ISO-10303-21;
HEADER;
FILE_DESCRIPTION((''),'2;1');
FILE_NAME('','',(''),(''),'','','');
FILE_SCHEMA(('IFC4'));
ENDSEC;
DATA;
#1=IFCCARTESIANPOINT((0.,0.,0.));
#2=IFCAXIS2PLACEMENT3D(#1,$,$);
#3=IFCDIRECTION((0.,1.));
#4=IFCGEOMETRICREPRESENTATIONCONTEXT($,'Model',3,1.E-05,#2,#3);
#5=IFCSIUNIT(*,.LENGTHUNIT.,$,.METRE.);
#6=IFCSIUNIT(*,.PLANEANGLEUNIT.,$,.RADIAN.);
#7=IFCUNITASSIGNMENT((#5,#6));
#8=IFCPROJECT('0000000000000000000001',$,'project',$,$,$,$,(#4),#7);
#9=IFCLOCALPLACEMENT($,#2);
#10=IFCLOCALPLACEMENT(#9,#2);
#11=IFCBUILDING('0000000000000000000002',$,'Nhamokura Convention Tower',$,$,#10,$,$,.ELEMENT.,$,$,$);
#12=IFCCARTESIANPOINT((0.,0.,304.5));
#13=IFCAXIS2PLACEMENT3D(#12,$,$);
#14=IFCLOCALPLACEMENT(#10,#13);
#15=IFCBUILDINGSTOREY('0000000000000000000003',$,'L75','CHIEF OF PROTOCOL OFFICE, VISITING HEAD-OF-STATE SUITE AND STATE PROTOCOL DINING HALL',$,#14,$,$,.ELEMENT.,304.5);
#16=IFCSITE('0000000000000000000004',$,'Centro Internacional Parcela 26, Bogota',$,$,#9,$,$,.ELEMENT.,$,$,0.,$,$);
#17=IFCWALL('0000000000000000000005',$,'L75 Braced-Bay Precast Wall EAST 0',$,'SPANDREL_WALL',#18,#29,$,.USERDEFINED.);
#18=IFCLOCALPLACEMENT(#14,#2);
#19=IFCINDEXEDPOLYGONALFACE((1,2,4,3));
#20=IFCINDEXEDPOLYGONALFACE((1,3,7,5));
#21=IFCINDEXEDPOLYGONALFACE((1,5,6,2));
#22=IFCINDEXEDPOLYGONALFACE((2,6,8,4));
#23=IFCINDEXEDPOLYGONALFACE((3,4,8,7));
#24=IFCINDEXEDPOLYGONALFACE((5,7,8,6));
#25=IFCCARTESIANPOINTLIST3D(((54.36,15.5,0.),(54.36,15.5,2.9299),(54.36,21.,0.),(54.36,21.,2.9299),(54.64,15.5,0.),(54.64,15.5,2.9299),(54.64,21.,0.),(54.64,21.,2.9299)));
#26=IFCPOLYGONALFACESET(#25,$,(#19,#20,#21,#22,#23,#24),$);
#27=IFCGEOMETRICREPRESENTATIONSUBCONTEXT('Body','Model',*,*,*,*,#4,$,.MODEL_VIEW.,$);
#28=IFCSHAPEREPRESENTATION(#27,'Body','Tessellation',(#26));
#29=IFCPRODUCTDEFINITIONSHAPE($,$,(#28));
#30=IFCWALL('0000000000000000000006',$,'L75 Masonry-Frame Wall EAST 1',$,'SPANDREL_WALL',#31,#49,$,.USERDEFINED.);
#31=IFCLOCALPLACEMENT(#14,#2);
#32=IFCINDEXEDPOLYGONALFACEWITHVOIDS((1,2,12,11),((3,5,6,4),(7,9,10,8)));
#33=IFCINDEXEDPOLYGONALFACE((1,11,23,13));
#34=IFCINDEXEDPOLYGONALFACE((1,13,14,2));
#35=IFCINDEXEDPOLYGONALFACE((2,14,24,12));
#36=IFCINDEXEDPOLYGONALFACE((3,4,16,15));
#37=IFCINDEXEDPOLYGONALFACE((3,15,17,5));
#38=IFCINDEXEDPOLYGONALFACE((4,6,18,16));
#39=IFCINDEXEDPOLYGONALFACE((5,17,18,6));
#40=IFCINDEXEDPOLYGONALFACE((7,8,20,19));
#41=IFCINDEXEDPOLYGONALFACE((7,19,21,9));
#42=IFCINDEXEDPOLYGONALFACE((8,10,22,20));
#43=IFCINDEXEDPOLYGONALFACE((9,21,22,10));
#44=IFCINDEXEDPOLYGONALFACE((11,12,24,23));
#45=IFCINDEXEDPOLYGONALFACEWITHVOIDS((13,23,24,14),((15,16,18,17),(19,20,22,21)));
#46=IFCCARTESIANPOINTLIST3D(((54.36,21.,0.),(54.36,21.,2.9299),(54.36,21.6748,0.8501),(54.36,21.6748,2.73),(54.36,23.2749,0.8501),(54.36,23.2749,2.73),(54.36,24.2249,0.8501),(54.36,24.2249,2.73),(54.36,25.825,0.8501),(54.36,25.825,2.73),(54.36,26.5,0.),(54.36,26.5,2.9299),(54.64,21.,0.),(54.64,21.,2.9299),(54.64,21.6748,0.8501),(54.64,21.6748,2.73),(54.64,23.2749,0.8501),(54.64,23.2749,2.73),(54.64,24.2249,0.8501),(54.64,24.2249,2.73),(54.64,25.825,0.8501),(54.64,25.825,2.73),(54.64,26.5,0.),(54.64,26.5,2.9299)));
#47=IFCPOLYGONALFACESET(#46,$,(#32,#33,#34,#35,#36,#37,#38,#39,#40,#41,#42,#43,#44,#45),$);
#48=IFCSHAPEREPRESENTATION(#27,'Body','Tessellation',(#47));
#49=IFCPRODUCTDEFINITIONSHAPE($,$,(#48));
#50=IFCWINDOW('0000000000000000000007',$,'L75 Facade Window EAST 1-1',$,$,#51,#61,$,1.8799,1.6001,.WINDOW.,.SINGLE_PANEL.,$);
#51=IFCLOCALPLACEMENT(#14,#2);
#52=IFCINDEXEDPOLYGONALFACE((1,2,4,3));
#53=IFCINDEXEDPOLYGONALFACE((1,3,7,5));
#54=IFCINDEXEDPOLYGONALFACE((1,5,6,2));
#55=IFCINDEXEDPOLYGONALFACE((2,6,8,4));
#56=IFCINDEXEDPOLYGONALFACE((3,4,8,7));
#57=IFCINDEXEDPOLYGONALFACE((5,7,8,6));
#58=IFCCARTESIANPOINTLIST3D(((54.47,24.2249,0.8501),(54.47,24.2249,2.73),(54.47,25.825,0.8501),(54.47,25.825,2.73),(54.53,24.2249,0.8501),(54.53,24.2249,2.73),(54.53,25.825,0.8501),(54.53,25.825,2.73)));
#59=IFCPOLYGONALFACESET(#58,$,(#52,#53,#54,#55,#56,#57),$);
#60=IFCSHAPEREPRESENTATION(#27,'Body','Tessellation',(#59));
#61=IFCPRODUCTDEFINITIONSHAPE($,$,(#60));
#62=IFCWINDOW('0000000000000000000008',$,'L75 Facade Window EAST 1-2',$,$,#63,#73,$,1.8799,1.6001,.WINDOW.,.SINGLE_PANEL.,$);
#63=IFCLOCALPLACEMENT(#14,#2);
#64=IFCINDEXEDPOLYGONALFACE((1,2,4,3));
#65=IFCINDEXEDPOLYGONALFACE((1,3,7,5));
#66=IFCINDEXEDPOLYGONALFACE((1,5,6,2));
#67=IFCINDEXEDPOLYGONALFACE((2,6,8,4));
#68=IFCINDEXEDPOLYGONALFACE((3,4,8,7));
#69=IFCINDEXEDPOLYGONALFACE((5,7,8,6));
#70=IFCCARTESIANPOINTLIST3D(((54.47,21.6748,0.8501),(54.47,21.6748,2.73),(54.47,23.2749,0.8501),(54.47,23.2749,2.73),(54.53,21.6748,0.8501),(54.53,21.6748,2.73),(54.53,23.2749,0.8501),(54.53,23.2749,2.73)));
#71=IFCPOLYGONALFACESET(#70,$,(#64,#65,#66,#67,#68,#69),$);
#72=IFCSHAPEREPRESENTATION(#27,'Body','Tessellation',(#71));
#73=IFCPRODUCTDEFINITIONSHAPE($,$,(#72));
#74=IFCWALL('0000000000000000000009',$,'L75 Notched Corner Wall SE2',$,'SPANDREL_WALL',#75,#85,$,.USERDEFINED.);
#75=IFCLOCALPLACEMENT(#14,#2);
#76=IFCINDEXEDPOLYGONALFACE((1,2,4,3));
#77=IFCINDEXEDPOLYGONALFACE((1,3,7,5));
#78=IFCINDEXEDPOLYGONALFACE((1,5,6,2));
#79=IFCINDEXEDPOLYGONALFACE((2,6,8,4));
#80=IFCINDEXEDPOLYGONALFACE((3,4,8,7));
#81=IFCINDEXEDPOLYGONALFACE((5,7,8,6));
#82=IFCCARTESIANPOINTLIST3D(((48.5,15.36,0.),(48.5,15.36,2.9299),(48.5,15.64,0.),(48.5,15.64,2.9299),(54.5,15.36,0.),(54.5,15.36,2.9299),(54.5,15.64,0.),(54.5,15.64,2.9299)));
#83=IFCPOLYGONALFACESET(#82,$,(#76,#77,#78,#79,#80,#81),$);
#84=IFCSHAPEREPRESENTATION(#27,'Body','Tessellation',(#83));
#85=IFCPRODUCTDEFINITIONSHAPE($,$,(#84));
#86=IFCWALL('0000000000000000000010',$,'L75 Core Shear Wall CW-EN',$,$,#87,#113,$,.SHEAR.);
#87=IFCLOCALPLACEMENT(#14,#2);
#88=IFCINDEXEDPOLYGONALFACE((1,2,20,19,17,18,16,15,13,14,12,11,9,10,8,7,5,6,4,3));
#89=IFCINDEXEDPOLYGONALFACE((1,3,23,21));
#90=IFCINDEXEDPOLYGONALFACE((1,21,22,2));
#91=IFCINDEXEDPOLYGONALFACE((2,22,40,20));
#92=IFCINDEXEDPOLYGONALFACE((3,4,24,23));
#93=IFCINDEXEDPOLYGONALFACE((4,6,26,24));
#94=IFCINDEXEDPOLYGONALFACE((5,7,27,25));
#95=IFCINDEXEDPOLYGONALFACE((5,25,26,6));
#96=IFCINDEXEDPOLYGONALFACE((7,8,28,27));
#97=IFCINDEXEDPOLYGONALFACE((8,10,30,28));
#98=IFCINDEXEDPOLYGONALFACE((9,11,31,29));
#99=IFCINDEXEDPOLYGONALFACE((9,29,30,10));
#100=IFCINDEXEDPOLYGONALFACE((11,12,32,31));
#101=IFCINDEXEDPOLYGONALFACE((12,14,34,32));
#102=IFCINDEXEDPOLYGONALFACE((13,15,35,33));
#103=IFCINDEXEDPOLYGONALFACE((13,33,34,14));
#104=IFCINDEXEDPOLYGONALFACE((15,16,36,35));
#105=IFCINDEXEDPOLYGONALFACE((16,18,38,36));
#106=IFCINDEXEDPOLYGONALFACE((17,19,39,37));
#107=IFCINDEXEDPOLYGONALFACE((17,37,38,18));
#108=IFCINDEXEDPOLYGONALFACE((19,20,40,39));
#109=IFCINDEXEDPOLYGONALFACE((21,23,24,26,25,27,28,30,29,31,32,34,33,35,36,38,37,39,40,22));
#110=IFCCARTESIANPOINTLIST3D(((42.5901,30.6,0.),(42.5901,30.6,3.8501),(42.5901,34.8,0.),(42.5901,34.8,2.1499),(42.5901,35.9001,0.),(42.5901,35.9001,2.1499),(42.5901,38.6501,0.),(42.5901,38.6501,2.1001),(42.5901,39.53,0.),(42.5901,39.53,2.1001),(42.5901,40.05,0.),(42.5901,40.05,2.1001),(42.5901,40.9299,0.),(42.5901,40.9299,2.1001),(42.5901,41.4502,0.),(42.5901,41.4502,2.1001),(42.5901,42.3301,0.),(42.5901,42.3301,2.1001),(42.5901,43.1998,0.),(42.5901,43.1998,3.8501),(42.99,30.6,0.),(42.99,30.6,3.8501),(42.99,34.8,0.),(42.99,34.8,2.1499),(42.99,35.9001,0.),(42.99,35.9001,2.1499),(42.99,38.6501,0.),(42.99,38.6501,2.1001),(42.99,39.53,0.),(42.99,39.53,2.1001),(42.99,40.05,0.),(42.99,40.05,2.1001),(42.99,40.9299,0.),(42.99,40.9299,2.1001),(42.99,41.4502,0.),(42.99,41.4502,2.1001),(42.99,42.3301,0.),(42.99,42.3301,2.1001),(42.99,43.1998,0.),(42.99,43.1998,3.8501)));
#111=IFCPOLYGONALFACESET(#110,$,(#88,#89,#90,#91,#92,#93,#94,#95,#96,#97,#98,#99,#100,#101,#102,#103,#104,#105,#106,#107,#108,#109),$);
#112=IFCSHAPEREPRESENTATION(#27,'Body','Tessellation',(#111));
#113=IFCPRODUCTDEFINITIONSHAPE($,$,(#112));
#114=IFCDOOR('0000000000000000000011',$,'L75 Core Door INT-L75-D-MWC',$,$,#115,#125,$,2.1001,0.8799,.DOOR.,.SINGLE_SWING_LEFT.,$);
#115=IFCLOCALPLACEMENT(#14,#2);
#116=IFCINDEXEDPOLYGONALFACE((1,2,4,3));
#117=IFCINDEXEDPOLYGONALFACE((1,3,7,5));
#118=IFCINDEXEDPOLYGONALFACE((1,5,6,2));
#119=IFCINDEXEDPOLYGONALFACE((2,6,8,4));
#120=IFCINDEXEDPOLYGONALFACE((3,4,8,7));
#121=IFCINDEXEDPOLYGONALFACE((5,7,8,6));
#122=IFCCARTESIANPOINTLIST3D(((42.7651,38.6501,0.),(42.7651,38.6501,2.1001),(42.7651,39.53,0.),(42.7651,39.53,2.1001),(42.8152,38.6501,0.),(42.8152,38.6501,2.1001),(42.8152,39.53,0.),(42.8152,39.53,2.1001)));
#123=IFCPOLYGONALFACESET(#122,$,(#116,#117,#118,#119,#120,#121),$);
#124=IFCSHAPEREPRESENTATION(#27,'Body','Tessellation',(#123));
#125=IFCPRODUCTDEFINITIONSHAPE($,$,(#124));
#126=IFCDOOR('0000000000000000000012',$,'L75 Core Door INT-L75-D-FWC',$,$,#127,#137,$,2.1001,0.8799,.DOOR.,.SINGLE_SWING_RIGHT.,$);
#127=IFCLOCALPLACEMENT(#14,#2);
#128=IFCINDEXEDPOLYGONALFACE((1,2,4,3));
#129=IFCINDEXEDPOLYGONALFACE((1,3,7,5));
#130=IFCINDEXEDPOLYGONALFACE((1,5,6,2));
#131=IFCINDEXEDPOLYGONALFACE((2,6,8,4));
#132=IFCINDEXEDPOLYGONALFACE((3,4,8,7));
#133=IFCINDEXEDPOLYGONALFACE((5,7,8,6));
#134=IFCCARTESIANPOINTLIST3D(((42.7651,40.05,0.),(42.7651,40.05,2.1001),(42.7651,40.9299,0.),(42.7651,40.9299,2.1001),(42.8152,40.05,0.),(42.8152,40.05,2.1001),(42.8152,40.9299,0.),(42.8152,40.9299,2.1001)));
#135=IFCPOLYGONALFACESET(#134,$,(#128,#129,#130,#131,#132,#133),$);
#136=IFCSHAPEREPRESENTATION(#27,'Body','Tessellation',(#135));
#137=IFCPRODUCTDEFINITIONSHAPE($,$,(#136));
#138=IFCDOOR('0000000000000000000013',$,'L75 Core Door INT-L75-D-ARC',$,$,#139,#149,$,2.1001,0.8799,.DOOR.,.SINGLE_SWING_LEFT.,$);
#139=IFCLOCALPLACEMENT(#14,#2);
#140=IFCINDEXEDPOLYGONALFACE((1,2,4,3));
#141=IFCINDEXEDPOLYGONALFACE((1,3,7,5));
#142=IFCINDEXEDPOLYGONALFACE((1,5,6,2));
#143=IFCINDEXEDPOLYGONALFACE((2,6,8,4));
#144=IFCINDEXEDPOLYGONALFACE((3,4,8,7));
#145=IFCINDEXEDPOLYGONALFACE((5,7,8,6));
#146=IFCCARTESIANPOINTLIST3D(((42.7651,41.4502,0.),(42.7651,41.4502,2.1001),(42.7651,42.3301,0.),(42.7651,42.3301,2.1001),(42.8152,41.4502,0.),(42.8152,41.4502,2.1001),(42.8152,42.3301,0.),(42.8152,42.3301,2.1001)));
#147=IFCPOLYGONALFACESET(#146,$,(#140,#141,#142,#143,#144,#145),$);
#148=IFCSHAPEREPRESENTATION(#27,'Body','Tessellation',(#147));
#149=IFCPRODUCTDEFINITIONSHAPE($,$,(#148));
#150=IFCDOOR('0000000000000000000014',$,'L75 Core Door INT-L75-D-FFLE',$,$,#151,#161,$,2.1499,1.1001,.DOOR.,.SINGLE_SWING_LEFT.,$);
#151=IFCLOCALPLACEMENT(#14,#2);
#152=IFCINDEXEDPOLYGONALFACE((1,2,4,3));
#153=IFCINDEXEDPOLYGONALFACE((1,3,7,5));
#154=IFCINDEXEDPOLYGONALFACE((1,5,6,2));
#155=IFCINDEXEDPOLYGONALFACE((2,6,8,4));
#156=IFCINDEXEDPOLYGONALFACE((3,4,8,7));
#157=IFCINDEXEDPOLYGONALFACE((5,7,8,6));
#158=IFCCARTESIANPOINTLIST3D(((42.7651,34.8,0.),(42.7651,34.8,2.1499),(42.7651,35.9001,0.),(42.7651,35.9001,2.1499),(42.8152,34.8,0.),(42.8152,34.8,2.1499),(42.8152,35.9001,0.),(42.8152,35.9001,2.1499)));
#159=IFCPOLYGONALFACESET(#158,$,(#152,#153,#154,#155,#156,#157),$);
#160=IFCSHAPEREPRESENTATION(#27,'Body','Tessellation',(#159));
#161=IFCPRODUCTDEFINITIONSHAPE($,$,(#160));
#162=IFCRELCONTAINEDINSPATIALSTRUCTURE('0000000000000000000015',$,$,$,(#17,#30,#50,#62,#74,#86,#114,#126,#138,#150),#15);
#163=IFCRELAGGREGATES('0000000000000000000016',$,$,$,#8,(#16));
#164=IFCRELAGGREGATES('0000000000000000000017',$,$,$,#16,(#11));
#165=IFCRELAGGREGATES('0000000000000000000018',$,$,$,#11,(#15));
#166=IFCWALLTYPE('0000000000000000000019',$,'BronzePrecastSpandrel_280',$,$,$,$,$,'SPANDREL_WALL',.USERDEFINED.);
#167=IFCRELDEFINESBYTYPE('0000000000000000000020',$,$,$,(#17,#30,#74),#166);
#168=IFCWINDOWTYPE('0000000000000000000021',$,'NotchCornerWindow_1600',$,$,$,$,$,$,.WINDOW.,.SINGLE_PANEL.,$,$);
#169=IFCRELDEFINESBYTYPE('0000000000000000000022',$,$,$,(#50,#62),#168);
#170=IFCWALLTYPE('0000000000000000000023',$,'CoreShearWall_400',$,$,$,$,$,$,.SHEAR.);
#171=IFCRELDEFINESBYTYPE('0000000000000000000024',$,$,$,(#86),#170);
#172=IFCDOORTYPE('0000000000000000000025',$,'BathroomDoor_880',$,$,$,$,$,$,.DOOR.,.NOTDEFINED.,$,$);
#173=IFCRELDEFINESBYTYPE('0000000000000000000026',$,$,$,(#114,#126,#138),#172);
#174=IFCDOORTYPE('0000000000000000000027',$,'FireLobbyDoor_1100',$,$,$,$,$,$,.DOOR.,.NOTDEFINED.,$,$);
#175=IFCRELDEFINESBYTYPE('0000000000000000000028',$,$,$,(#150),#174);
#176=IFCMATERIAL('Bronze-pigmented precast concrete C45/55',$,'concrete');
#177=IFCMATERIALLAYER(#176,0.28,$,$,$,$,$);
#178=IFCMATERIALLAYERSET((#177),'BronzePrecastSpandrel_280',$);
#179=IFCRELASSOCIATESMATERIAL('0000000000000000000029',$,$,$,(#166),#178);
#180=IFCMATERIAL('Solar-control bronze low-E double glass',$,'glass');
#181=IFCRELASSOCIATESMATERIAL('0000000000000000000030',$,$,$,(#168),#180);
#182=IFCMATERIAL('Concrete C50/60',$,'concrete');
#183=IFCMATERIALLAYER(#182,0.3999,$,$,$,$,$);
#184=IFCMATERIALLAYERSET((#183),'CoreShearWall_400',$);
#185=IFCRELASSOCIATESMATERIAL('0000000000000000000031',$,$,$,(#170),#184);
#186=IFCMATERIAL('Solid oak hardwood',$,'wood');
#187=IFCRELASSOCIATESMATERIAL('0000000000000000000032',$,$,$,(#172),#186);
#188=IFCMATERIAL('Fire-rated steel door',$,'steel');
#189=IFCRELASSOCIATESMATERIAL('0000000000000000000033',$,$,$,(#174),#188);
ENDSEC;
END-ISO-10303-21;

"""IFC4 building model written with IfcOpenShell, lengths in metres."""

from ifc_helpers import new_model, si_unit, direction, frame, frame_2d, origin, place, context, subcontext, project, spatial, rectangle, extrude, material, layer, layer_set, type_object, element, fill, save


model = new_model("IFC4")

# Units and contexts
model_context = context("Model", 3, precision=1e-05, world=origin(), true_north=direction((0.0, 1.0)))
body_context = subcontext(model_context, "Body", "Model", "MODEL_VIEW")
ifc_project = project(units=[si_unit("LENGTHUNIT", "METRE"), si_unit("PLANEANGLEUNIT", "RADIAN")], contexts=[model_context])

# Site, building, storey
site_placement = place(None, origin())
site = spatial("IfcSite", under=ifc_project, at=site_placement, Name="Centro Internacional Parcela 26, Bogota", CompositionType="ELEMENT", RefElevation=0.0)
building_placement = place(site_placement, origin())
building = spatial("IfcBuilding", under=site, at=building_placement, Name="Nhamokura Convention Tower", CompositionType="ELEMENT")
storey_placement = place(building_placement, frame((0.0, 0.0, 304.5)))
storey = spatial("IfcBuildingStorey", under=building, at=storey_placement, Name="L75", Description="CHIEF OF PROTOCOL OFFICE, VISITING HEAD-OF-STATE SUITE AND STATE PROTOCOL DINING HALL", CompositionType="ELEMENT", Elevation=304.5)

# Wall
ifc_material_1 = material(Name="Bronze-pigmented precast concrete C45/55", Category="concrete")
ifc_layer_1 = layer(ifc_material_1, 0.28)
ifc_layer_set_1 = layer_set([ifc_layer_1], Name="BronzePrecastSpandrel_280")
wall_type_1 = type_object("IfcWallType", Name="BronzePrecastSpandrel_280", ElementType="SPANDREL_WALL", PredefinedType="USERDEFINED", material=ifc_layer_set_1)
wall_1_placement = place(storey_placement, frame((54.5, 21.0, 0.0), z_axis=(0.0, 0.0, 1.0), x_axis=(0.0, -1.0, 0.0)))
element("IfcWall", 1, at=wall_1_placement, inside=storey, type_object=wall_type_1, Name="L75 Braced-Bay Precast Wall EAST 0", ObjectType="SPANDREL_WALL", PredefinedType="USERDEFINED", context=body_context, shape_type="SweptSolid", body=[
    extrude(rectangle(XDim=5.5, YDim=0.28, at=frame_2d((2.75, 0.0))), origin(), (0.0, 0.0, 1.0), 2.9299),
])

# Wall, openings, windows
wall_2_placement = place(storey_placement, frame((54.5, 26.5, 0.0), z_axis=(0.0, 0.0, 1.0), x_axis=(0.0, -1.0, 0.0)))
wall_2 = element("IfcWall", 2, at=wall_2_placement, inside=storey, type_object=wall_type_1, Name="L75 Masonry-Frame Wall EAST 1", ObjectType="SPANDREL_WALL", PredefinedType="USERDEFINED", context=body_context, shape_type="SweptSolid", body=[
    extrude(rectangle(XDim=5.5, YDim=0.28, at=frame_2d((2.75, 0.0))), origin(), (0.0, 0.0, 1.0), 2.9299),
])
opening_1_placement = place(wall_2_placement, frame((0.675, 0.0, 0.8501)))
opening_1 = element("IfcOpeningElement", 3, at=opening_1_placement, cuts=wall_2, PredefinedType="OPENING", context=body_context, shape_type="SweptSolid", body=[
    extrude(rectangle(XDim=1.6001, YDim=1.8799, at=frame_2d((0.8, 0.9399))), frame((0.0, 0.1499, 0.0), z_axis=(0.0, -1.0, 0.0), x_axis=(1.0, 0.0, 0.0)), (0.0, 0.0, 1.0), 0.3),
])
opening_2_placement = place(wall_2_placement, frame((3.2251, 0.0, 0.8501)))
opening_2 = element("IfcOpeningElement", 4, at=opening_2_placement, cuts=wall_2, PredefinedType="OPENING", context=body_context, shape_type="SweptSolid", body=[
    extrude(rectangle(XDim=1.6001, YDim=1.8799, at=frame_2d((0.8, 0.9399))), frame((0.0, 0.1499, 0.0), z_axis=(0.0, -1.0, 0.0), x_axis=(1.0, 0.0, 0.0)), (0.0, 0.0, 1.0), 0.3),
])
ifc_material_2 = material(Name="Solar-control bronze low-E double glass", Category="glass")
window_type = type_object("IfcWindowType", Name="NotchCornerWindow_1600", PartitioningType="SINGLE_PANEL", PredefinedType="WINDOW", material=ifc_material_2)
window_1_placement = place(opening_1_placement, origin())
window_1 = element("IfcWindow", 5, at=window_1_placement, inside=storey, type_object=window_type, Name="L75 Facade Window EAST 1-1", OverallHeight=1.8799, OverallWidth=1.6001, PartitioningType="SINGLE_PANEL", PredefinedType="WINDOW", context=body_context, shape_type="SweptSolid", body=[
    extrude(rectangle(XDim=1.6001, YDim=1.8799, at=frame_2d((0.8, 0.9399))), frame((0.0, 0.03, 0.0), z_axis=(0.0, -1.0, 0.0), x_axis=(1.0, 0.0, 0.0)), (0.0, 0.0, 1.0), 0.0601),
])
fill(opening_1, window_1)
window_2_placement = place(opening_2_placement, origin())
window_2 = element("IfcWindow", 6, at=window_2_placement, inside=storey, type_object=window_type, Name="L75 Facade Window EAST 1-2", OverallHeight=1.8799, OverallWidth=1.6001, PartitioningType="SINGLE_PANEL", PredefinedType="WINDOW", context=body_context, shape_type="SweptSolid", body=[
    extrude(rectangle(XDim=1.6001, YDim=1.8799, at=frame_2d((0.8, 0.9399))), frame((0.0, 0.03, 0.0), z_axis=(0.0, -1.0, 0.0), x_axis=(1.0, 0.0, 0.0)), (0.0, 0.0, 1.0), 0.0601),
])
fill(opening_2, window_2)

# Wall
wall_3_placement = place(storey_placement, frame((54.5, 15.5, 0.0), z_axis=(0.0, 0.0, 1.0), x_axis=(-1.0, 0.0, 0.0)))
element("IfcWall", 7, at=wall_3_placement, inside=storey, type_object=wall_type_1, Name="L75 Notched Corner Wall SE2", ObjectType="SPANDREL_WALL", PredefinedType="USERDEFINED", context=body_context, shape_type="SweptSolid", body=[
    extrude(rectangle(XDim=6.0, YDim=0.28, at=frame_2d((3.0, 0.0))), origin(), (0.0, 0.0, 1.0), 2.9299),
])

# Wall, openings, doors
ifc_material_3 = material(Name="Concrete C50/60", Category="concrete")
ifc_layer_2 = layer(ifc_material_3, 0.3999)
ifc_layer_set_2 = layer_set([ifc_layer_2], Name="CoreShearWall_400")
wall_type_2 = type_object("IfcWallType", Name="CoreShearWall_400", PredefinedType="SHEAR", material=ifc_layer_set_2)
wall_4_placement = place(storey_placement, frame((42.79, 30.6001, 0.0), z_axis=(0.0, 0.0, 1.0), x_axis=(0.0, 1.0, 0.0)))
wall_4 = element("IfcWall", 8, at=wall_4_placement, inside=storey, type_object=wall_type_2, Name="L75 Core Shear Wall CW-EN", PredefinedType="SHEAR", context=body_context, shape_type="SweptSolid", body=[
    extrude(rectangle(XDim=12.5999, YDim=0.3999, at=frame_2d((6.2998, 0.0))), origin(), (0.0, 0.0, 1.0), 3.8501),
])
opening_3_placement = place(wall_4_placement, frame((4.2, 0.0, 0.0)))
opening_3 = element("IfcOpeningElement", 9, at=opening_3_placement, cuts=wall_4, PredefinedType="OPENING", context=body_context, shape_type="SweptSolid", body=[
    extrude(rectangle(XDim=1.1001, YDim=2.1499, at=frame_2d((0.55, 1.075))), frame((0.0, 0.21, 0.0), z_axis=(0.0, -1.0, 0.0), x_axis=(1.0, 0.0, 0.0)), (0.0, 0.0, 1.0), 0.4199),
])
opening_4_placement = place(wall_4_placement, frame((8.05, 0.0, 0.0)))
opening_4 = element("IfcOpeningElement", 10, at=opening_4_placement, cuts=wall_4, PredefinedType="OPENING", context=body_context, shape_type="SweptSolid", body=[
    extrude(rectangle(XDim=0.8799, YDim=2.1001, at=frame_2d((0.4399, 1.05))), frame((0.0, 0.21, 0.0), z_axis=(0.0, -1.0, 0.0), x_axis=(1.0, 0.0, 0.0)), (0.0, 0.0, 1.0), 0.4199),
])
opening_5_placement = place(wall_4_placement, frame((9.45, 0.0, 0.0)))
opening_5 = element("IfcOpeningElement", 11, at=opening_5_placement, cuts=wall_4, PredefinedType="OPENING", context=body_context, shape_type="SweptSolid", body=[
    extrude(rectangle(XDim=0.8799, YDim=2.1001, at=frame_2d((0.4399, 1.05))), frame((0.0, 0.21, 0.0), z_axis=(0.0, -1.0, 0.0), x_axis=(1.0, 0.0, 0.0)), (0.0, 0.0, 1.0), 0.4199),
])
opening_6_placement = place(wall_4_placement, frame((10.8501, 0.0, 0.0)))
opening_6 = element("IfcOpeningElement", 12, at=opening_6_placement, cuts=wall_4, PredefinedType="OPENING", context=body_context, shape_type="SweptSolid", body=[
    extrude(rectangle(XDim=0.8799, YDim=2.1001, at=frame_2d((0.4399, 1.05))), frame((0.0, 0.21, 0.0), z_axis=(0.0, -1.0, 0.0), x_axis=(1.0, 0.0, 0.0)), (0.0, 0.0, 1.0), 0.4199),
])
ifc_material_4 = material(Name="Solid oak hardwood", Category="wood")
door_type_1 = type_object("IfcDoorType", Name="BathroomDoor_880", OperationType="NOTDEFINED", PredefinedType="DOOR", material=ifc_material_4)
door_1_placement = place(opening_4_placement, origin())
door_1 = element("IfcDoor", 13, at=door_1_placement, inside=storey, type_object=door_type_1, Name="L75 Core Door INT-L75-D-MWC", OperationType="SINGLE_SWING_LEFT", OverallHeight=2.1001, OverallWidth=0.8799, PredefinedType="DOOR", context=body_context, shape_type="SweptSolid", body=[
    extrude(rectangle(XDim=0.8799, YDim=2.1001, at=frame_2d((0.4399, 1.05))), frame((0.0, 0.0249, 0.0), z_axis=(0.0, -1.0, 0.0), x_axis=(1.0, 0.0, 0.0)), (0.0, 0.0, 1.0), 0.05),
])
fill(opening_4, door_1)
door_2_placement = place(opening_5_placement, origin())
door_2 = element("IfcDoor", 14, at=door_2_placement, inside=storey, type_object=door_type_1, Name="L75 Core Door INT-L75-D-FWC", OperationType="SINGLE_SWING_RIGHT", OverallHeight=2.1001, OverallWidth=0.8799, PredefinedType="DOOR", context=body_context, shape_type="SweptSolid", body=[
    extrude(rectangle(XDim=0.8799, YDim=2.1001, at=frame_2d((0.4399, 1.05))), frame((0.0, 0.0249, 0.0), z_axis=(0.0, -1.0, 0.0), x_axis=(1.0, 0.0, 0.0)), (0.0, 0.0, 1.0), 0.05),
])
fill(opening_5, door_2)
door_3_placement = place(opening_6_placement, origin())
door_3 = element("IfcDoor", 15, at=door_3_placement, inside=storey, type_object=door_type_1, Name="L75 Core Door INT-L75-D-ARC", OperationType="SINGLE_SWING_LEFT", OverallHeight=2.1001, OverallWidth=0.8799, PredefinedType="DOOR", context=body_context, shape_type="SweptSolid", body=[
    extrude(rectangle(XDim=0.8799, YDim=2.1001, at=frame_2d((0.4399, 1.05))), frame((0.0, 0.0249, 0.0), z_axis=(0.0, -1.0, 0.0), x_axis=(1.0, 0.0, 0.0)), (0.0, 0.0, 1.0), 0.05),
])
fill(opening_6, door_3)
ifc_material_5 = material(Name="Fire-rated steel door", Category="steel")
door_type_2 = type_object("IfcDoorType", Name="FireLobbyDoor_1100", OperationType="NOTDEFINED", PredefinedType="DOOR", material=ifc_material_5)
door_4_placement = place(opening_3_placement, origin())
door_4 = element("IfcDoor", 16, at=door_4_placement, inside=storey, type_object=door_type_2, Name="L75 Core Door INT-L75-D-FFLE", OperationType="SINGLE_SWING_LEFT", OverallHeight=2.1499, OverallWidth=1.1001, PredefinedType="DOOR", context=body_context, shape_type="SweptSolid", body=[
    extrude(rectangle(XDim=1.1001, YDim=2.1499, at=frame_2d((0.55, 1.075))), frame((0.0, 0.0249, 0.0), z_axis=(0.0, -1.0, 0.0), x_axis=(1.0, 0.0, 0.0)), (0.0, 0.0, 1.0), 0.05),
])
fill(opening_3, door_4)

save(model, "model.ifc")
